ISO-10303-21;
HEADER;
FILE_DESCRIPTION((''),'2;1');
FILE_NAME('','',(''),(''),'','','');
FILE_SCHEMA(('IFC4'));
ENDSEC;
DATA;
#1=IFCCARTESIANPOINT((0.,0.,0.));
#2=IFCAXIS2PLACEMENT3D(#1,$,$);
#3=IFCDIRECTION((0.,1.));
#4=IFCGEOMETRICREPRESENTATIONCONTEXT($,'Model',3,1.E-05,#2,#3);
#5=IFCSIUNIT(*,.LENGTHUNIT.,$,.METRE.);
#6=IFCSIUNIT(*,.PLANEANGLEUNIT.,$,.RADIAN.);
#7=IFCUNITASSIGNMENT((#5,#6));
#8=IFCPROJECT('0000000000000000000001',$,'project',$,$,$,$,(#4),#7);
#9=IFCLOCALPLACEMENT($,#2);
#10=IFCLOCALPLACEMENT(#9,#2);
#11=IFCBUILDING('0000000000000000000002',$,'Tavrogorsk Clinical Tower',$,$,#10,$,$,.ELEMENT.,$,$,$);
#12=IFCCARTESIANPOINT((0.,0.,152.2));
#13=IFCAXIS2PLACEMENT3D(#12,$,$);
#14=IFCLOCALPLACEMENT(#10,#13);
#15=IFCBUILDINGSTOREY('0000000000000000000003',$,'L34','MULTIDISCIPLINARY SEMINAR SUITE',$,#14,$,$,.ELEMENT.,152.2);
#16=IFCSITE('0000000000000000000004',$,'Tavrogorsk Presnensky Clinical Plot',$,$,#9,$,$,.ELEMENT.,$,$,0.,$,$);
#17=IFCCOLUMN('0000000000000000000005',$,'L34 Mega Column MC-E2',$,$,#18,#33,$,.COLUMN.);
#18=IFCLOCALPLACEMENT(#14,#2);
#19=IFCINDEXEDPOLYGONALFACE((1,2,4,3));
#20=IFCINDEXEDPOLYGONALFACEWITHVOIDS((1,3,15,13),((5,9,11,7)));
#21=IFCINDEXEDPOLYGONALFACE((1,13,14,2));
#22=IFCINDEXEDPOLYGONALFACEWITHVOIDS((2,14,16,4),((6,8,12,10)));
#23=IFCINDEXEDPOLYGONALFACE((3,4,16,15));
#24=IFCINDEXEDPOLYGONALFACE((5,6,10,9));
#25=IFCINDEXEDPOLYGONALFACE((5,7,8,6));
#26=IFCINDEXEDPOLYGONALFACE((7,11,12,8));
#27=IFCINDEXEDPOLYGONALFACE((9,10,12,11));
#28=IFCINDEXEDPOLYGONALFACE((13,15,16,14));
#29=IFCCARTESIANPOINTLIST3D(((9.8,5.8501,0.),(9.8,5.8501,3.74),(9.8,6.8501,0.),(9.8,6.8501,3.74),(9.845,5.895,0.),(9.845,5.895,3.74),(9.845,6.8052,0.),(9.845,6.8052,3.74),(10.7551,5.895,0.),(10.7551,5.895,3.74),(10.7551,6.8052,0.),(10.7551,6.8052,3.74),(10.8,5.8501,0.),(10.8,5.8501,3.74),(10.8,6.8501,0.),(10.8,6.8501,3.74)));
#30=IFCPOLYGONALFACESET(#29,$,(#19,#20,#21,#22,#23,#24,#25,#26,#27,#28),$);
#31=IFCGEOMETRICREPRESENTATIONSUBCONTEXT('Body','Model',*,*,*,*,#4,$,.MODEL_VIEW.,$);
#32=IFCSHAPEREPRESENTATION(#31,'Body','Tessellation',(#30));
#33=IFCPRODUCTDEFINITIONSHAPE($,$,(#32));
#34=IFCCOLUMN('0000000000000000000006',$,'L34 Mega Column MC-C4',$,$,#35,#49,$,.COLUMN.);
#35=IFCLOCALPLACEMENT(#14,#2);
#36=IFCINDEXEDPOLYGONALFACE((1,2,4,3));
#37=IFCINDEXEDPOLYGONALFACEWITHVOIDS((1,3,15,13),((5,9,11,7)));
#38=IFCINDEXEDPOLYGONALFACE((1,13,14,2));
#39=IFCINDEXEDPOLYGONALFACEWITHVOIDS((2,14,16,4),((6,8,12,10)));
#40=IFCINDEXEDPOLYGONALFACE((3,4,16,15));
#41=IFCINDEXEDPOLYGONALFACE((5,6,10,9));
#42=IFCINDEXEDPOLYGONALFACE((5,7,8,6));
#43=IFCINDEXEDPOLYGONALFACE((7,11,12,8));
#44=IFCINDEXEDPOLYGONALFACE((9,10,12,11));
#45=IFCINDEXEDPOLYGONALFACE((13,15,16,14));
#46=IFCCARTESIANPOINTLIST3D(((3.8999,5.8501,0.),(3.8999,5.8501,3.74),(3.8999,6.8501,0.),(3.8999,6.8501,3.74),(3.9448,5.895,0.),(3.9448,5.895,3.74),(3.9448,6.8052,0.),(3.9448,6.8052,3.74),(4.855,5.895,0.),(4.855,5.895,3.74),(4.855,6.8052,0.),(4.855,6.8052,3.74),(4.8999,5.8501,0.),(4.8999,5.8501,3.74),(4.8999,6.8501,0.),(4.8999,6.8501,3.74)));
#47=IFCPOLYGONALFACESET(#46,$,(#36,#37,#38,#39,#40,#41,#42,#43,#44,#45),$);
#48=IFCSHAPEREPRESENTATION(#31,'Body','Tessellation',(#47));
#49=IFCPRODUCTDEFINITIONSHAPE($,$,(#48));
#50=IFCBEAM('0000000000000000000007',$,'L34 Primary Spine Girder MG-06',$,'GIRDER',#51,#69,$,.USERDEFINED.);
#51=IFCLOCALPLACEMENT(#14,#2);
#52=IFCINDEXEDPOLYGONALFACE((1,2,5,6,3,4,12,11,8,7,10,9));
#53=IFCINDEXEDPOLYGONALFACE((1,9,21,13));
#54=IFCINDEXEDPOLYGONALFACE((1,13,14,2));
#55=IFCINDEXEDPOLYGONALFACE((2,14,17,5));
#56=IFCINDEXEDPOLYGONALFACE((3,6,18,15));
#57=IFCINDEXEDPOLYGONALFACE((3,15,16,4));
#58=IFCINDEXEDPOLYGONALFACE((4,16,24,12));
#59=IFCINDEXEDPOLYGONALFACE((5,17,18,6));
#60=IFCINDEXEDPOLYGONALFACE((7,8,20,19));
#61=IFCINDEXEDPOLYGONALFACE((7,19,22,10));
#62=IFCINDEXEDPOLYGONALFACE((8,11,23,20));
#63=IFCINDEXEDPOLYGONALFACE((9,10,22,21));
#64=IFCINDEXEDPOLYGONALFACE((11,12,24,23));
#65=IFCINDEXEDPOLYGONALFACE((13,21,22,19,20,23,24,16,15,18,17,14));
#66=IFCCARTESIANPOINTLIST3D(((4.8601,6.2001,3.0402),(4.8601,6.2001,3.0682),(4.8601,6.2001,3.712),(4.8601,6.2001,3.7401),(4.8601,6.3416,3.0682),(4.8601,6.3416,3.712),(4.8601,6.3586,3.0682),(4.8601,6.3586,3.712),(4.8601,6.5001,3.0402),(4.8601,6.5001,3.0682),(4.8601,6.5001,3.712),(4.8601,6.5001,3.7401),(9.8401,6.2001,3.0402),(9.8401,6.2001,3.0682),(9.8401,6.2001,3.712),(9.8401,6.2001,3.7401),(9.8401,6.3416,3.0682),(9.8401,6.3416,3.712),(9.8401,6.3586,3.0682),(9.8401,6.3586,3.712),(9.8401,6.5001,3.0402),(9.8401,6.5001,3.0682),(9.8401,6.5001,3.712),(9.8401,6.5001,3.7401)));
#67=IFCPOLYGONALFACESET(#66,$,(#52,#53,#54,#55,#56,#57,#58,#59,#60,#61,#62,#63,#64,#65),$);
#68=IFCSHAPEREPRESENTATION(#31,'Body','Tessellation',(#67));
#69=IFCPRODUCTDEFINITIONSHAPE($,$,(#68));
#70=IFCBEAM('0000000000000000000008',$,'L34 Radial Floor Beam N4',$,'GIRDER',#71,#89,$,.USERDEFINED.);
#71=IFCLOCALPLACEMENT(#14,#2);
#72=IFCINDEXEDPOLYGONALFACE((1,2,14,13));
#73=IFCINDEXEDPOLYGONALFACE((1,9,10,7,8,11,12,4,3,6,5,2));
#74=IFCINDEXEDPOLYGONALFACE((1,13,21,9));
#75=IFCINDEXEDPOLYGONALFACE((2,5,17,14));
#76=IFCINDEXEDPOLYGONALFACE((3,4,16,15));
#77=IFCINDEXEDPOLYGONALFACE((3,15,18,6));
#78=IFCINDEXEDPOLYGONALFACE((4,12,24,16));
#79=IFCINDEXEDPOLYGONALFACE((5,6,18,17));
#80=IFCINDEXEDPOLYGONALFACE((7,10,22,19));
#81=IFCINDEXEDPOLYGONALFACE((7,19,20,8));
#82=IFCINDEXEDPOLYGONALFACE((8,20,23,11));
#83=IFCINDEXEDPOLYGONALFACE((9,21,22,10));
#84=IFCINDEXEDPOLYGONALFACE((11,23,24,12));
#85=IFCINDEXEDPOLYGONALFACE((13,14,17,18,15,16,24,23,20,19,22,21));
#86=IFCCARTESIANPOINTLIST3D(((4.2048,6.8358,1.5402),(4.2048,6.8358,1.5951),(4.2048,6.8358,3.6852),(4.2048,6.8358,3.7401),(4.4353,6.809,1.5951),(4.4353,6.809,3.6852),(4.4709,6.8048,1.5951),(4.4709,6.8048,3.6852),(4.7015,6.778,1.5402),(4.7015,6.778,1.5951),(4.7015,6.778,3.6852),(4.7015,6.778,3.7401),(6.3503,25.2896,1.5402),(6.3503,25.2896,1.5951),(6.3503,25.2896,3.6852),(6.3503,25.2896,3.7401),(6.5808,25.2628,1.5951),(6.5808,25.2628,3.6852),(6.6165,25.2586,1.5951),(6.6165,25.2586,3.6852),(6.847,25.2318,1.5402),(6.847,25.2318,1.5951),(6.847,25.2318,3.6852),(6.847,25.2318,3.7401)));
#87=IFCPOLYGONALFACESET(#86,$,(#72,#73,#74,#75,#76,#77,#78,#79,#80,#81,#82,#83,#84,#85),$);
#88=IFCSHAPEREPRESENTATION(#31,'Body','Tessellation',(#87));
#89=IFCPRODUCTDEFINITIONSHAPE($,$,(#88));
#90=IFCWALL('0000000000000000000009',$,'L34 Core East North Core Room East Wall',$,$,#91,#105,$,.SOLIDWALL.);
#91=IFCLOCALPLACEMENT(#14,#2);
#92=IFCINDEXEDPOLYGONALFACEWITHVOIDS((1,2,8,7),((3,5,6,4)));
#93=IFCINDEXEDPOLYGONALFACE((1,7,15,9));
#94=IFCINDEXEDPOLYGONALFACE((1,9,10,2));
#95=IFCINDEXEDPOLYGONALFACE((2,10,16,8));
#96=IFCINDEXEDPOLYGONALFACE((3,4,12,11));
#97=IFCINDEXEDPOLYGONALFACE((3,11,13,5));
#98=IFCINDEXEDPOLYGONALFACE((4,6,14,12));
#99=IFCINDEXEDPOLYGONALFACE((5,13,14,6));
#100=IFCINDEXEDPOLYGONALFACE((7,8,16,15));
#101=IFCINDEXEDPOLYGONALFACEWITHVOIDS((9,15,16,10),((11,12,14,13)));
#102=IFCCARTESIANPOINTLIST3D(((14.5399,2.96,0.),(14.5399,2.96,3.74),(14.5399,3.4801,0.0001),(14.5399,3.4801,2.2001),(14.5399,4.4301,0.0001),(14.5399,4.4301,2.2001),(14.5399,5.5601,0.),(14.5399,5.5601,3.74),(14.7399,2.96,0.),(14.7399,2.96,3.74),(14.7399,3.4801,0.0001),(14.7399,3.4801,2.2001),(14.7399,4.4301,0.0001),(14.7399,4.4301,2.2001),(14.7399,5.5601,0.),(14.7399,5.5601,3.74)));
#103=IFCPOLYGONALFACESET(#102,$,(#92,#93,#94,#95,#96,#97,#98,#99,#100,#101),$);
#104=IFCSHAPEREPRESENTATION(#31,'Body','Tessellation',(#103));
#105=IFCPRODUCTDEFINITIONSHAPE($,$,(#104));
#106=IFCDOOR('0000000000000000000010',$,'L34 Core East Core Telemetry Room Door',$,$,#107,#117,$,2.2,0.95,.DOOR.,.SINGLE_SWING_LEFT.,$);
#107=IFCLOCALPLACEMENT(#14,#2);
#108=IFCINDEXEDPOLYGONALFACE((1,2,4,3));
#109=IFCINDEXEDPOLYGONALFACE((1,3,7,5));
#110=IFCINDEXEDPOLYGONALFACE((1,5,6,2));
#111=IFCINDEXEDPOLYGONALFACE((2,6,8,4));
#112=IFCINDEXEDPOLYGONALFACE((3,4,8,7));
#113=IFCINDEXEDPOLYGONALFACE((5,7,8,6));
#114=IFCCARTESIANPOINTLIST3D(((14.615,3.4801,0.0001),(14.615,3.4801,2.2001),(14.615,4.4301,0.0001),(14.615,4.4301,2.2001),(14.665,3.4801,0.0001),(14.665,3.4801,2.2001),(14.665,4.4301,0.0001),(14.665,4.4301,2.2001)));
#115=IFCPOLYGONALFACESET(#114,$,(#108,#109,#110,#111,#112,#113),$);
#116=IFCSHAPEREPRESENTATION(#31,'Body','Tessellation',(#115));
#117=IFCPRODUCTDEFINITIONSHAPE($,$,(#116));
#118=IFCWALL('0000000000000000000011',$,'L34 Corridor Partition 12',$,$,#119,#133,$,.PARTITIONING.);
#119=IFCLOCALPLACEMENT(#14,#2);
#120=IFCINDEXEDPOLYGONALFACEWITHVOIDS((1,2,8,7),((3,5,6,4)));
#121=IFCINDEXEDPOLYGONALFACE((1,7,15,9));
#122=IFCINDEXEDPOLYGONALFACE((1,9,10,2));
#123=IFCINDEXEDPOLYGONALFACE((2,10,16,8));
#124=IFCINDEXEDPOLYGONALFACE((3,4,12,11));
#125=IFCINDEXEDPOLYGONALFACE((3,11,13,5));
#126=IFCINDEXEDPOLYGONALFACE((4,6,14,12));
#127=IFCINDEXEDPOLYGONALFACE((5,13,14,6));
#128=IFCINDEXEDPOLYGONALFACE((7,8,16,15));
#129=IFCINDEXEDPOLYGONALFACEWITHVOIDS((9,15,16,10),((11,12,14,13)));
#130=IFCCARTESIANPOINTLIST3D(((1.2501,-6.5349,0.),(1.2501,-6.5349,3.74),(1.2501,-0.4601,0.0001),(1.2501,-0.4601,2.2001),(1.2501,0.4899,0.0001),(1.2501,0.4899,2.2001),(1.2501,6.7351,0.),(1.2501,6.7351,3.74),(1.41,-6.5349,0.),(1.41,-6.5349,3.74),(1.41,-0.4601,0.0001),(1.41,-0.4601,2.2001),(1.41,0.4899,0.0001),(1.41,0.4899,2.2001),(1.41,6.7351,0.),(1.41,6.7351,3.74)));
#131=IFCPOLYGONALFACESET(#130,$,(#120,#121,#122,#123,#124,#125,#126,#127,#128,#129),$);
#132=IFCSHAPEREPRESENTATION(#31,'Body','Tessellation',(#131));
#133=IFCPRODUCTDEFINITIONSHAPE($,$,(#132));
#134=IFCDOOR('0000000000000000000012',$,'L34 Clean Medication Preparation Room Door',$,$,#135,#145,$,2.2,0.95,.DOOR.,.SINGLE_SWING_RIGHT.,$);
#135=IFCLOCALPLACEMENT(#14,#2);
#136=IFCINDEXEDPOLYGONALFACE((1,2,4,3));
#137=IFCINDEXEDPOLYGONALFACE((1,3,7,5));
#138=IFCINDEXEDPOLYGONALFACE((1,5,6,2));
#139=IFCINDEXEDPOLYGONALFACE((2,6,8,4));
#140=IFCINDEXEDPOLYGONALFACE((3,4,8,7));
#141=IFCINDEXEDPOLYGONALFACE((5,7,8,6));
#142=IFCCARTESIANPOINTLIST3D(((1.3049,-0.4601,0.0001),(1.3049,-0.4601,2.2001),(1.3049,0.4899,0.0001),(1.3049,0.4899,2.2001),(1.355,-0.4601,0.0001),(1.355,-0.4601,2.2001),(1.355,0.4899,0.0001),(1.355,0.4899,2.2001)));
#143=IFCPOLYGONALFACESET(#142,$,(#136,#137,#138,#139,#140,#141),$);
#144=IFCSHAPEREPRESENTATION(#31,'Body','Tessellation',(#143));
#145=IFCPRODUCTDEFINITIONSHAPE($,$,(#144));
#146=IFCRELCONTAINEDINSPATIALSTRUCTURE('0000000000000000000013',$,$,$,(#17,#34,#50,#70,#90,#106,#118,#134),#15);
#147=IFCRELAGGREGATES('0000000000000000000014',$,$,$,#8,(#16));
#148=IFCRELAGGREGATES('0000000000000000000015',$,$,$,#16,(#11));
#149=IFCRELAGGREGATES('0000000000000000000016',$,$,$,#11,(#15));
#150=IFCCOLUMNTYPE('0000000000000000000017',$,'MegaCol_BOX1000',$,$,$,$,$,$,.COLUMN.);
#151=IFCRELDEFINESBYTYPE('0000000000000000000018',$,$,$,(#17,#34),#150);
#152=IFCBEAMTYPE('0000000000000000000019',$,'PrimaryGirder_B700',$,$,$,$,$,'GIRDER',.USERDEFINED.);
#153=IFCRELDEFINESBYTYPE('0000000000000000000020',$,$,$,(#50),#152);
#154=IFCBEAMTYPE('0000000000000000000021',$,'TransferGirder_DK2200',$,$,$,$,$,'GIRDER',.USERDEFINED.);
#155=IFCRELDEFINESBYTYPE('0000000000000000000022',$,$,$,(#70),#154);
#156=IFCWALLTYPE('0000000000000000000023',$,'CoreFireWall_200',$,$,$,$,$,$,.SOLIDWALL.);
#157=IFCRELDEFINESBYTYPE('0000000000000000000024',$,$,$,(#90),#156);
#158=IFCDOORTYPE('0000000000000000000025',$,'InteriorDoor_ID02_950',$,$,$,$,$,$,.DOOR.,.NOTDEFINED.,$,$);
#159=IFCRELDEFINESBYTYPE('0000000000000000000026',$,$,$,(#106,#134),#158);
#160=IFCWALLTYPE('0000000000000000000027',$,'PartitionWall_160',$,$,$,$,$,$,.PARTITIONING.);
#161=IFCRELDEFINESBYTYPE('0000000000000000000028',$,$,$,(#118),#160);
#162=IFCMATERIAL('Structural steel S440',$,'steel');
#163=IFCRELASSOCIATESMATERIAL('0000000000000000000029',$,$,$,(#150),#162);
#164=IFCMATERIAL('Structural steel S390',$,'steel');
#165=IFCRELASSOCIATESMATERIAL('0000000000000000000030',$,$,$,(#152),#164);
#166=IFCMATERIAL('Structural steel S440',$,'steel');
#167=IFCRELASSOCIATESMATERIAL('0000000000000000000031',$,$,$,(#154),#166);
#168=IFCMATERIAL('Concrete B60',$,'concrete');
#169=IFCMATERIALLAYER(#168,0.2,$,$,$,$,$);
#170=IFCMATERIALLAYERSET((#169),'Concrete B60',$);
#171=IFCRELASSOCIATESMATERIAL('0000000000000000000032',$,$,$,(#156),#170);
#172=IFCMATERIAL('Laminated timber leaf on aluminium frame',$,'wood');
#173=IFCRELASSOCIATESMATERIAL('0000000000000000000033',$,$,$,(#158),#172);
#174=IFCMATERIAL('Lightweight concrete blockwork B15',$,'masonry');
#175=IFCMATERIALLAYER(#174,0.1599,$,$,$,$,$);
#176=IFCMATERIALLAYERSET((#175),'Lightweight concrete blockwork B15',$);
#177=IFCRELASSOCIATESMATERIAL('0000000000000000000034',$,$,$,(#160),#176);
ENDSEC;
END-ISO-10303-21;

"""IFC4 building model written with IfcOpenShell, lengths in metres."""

from ifc_helpers import new_model, si_unit, direction, frame, frame_2d, origin, origin_2d, place, context, subcontext, project, spatial, rectangle, hollow_rectangle, i_section, extrude, material, layer, layer_set, material_profile, profile_set, type_object, element, fill, save


model = new_model("IFC4")

# Units and contexts
model_context = context("Model", 3, precision=1e-05, world=origin(), true_north=direction((0.0, 1.0)))
body_context = subcontext(model_context, "Body", "Model", "MODEL_VIEW")
ifc_project = project(units=[si_unit("LENGTHUNIT", "METRE"), si_unit("PLANEANGLEUNIT", "RADIAN")], contexts=[model_context])

# Site, building, storey
site_placement = place(None, origin())
site = spatial("IfcSite", under=ifc_project, at=site_placement, Name="Tavrogorsk Presnensky Clinical Plot", CompositionType="ELEMENT", RefElevation=0.0)
building_placement = place(site_placement, origin())
building = spatial("IfcBuilding", under=site, at=building_placement, Name="Tavrogorsk Clinical Tower", CompositionType="ELEMENT")
storey_placement = place(building_placement, frame((0.0, 0.0, 152.2)))
storey = spatial("IfcBuildingStorey", under=building, at=storey_placement, Name="L34", Description="MULTIDISCIPLINARY SEMINAR SUITE", CompositionType="ELEMENT", Elevation=152.2)

# Columns
ifc_material_1 = material(Name="Structural steel S440", Category="steel")
ifc_material_profile_1 = material_profile(ifc_material_1, hollow_rectangle(XDim=1.0, YDim=1.0, WallThickness=0.0449, at=origin_2d()), Name="BOX-1000x1000x45")
ifc_profile_set_1 = profile_set([ifc_material_profile_1], Name="Structural steel S440")
column_type = type_object("IfcColumnType", Name="MegaCol_BOX1000", PredefinedType="COLUMN", material=ifc_profile_set_1)
for number, where, z_axis, x_axis, name in (
    (1, (10.3, 6.3501, 0.0), (0.0, 0.0, 1.0), (1.0, 0.0, 0.0), "L34 Mega Column MC-E2"),
    (2, (4.3999, 6.3501, 0.0), (0.0, 0.0, 1.0), (1.0, 0.0, 0.0), "L34 Mega Column MC-C4"),
):
    element("IfcColumn", number, at=place(storey_placement, frame(where, z_axis=z_axis, x_axis=x_axis)), inside=storey, type_object=column_type, Name=name, PredefinedType="COLUMN", context=body_context, shape_type="SweptSolid", body=[
        extrude(hollow_rectangle(XDim=1.0, YDim=1.0, WallThickness=0.0449, at=origin_2d()), origin(), (0.0, 0.0, 1.0), 3.74),
    ])

# Beams
ifc_material_2 = material(Name="Structural steel S390", Category="steel")
ifc_material_profile_2 = material_profile(ifc_material_2, i_section(OverallWidth=0.3, OverallDepth=0.7, WebThickness=0.0171, FlangeThickness=0.0281, at=origin_2d()), Name="B-700x300x17x28")
ifc_profile_set_2 = profile_set([ifc_material_profile_2], Name="Structural steel S390")
beam_type_1 = type_object("IfcBeamType", Name="PrimaryGirder_B700", ElementType="GIRDER", PredefinedType="USERDEFINED", material=ifc_profile_set_2)
beam_1_placement = place(storey_placement, frame((4.8601, 6.3501, 3.3901), z_axis=(1.0, 0.0, 0.0), x_axis=(0.0, 1.0, 0.0)))
element("IfcBeam", 3, at=beam_1_placement, inside=storey, type_object=beam_type_1, Name="L34 Primary Spine Girder MG-06", ObjectType="GIRDER", PredefinedType="USERDEFINED", context=body_context, shape_type="SweptSolid", body=[
    extrude(i_section(OverallWidth=0.3, OverallDepth=0.7, WebThickness=0.0171, FlangeThickness=0.0281, at=origin_2d()), origin(), (0.0, 0.0, 1.0), 4.98),
])
ifc_material_3 = material(Name="Structural steel S440", Category="steel")
ifc_material_profile_3 = material_profile(ifc_material_3, i_section(OverallWidth=0.5, OverallDepth=2.2, WebThickness=0.0359, FlangeThickness=0.0549, at=origin_2d()), Name="DK-2200x500x36x55")
ifc_profile_set_3 = profile_set([ifc_material_profile_3], Name="Structural steel S440")
beam_type_2 = type_object("IfcBeamType", Name="TransferGirder_DK2200", ElementType="GIRDER", PredefinedType="USERDEFINED", material=ifc_profile_set_3)
beam_2_placement = place(storey_placement, frame((4.4531, 6.8069, 2.6401), z_axis=(0.115485, 0.993309, 0.0), x_axis=(-0.993309, 0.115485, 0.0)))
element("IfcBeam", 4, at=beam_2_placement, inside=storey, type_object=beam_type_2, Name="L34 Radial Floor Beam N4", ObjectType="GIRDER", PredefinedType="USERDEFINED", context=body_context, shape_type="SweptSolid", body=[
    extrude(i_section(OverallWidth=0.5, OverallDepth=2.2, WebThickness=0.0359, FlangeThickness=0.0549, at=origin_2d()), origin(), (0.0, 0.0, 1.0), 18.5781),
])

# Walls, openings, doors
ifc_material_4 = material(Name="Concrete B60", Category="concrete")
ifc_layer_1 = layer(ifc_material_4, 0.2)
ifc_layer_set_1 = layer_set([ifc_layer_1], Name="Concrete B60")
wall_type_1 = type_object("IfcWallType", Name="CoreFireWall_200", PredefinedType="SOLIDWALL", material=ifc_layer_set_1)
wall_1_placement = place(storey_placement, frame((14.6399, 2.96, 0.0), z_axis=(0.0, 0.0, 1.0), x_axis=(0.0, 1.0, 0.0)))
wall_1 = element("IfcWall", 5, at=wall_1_placement, inside=storey, type_object=wall_type_1, Name="L34 Core East North Core Room East Wall", PredefinedType="SOLIDWALL", context=body_context, shape_type="SweptSolid", body=[
    extrude(rectangle(XDim=2.6001, YDim=0.2, at=frame_2d((1.3, 0.0))), origin(), (0.0, 0.0, 1.0), 3.74),
])
opening_1_placement = place(wall_1_placement, frame((0.52, 0.0, 0.0)))
opening_1 = element("IfcOpeningElement", 6, at=opening_1_placement, cuts=wall_1, PredefinedType="OPENING", context=body_context, shape_type="SweptSolid", body=[
    extrude(rectangle(XDim=0.95, YDim=2.2, at=frame_2d((0.4751, 1.1001))), frame((0.0, 0.1099, 0.0), z_axis=(0.0, -1.0, 0.0), x_axis=(1.0, 0.0, 0.0)), (0.0, 0.0, 1.0), 0.22),
])
ifc_material_5 = material(Name="Laminated timber leaf on aluminium frame", Category="wood")
door_type_1 = type_object("IfcDoorType", Name="InteriorDoor_ID02_950", OperationType="NOTDEFINED", PredefinedType="DOOR", material=ifc_material_5)
door_1_placement = place(opening_1_placement, origin())
door_1 = element("IfcDoor", 7, at=door_1_placement, inside=storey, type_object=door_type_1, Name="L34 Core East Core Telemetry Room Door", OperationType="SINGLE_SWING_LEFT", OverallHeight=2.2, OverallWidth=0.95, PredefinedType="DOOR", context=body_context, shape_type="SweptSolid", body=[
    extrude(rectangle(XDim=0.95, YDim=2.2, at=frame_2d((0.4751, 1.1001))), frame((0.0, 0.0249, 0.0), z_axis=(0.0, -1.0, 0.0), x_axis=(1.0, 0.0, 0.0)), (0.0, 0.0, 1.0), 0.05),
])
fill(opening_1, door_1)
ifc_material_6 = material(Name="Lightweight concrete blockwork B15", Category="masonry")
ifc_layer_2 = layer(ifc_material_6, 0.1599)
ifc_layer_set_2 = layer_set([ifc_layer_2], Name="Lightweight concrete blockwork B15")
wall_type_2 = type_object("IfcWallType", Name="PartitionWall_160", PredefinedType="PARTITIONING", material=ifc_layer_set_2)
wall_2_placement = place(storey_placement, frame((1.3301, 6.7351, 0.0), z_axis=(0.0, 0.0, 1.0), x_axis=(0.0, -1.0, 0.0)))
wall_2 = element("IfcWall", 8, at=wall_2_placement, inside=storey, type_object=wall_type_2, Name="L34 Corridor Partition 12", PredefinedType="PARTITIONING", context=body_context, shape_type="SweptSolid", body=[
    extrude(rectangle(XDim=13.27, YDim=0.1599, at=frame_2d((6.635, 0.0))), origin(), (0.0, 0.0, 1.0), 3.74),
])
opening_2_placement = place(wall_2_placement, frame((6.2451, 0.0, 0.0)))
opening_2 = element("IfcOpeningElement", 9, at=opening_2_placement, cuts=wall_2, PredefinedType="OPENING", context=body_context, shape_type="SweptSolid", body=[
    extrude(rectangle(XDim=0.95, YDim=2.2, at=frame_2d((0.4751, 1.1001))), frame((0.0, 0.0898, 0.0), z_axis=(0.0, -1.0, 0.0), x_axis=(1.0, 0.0, 0.0)), (0.0, 0.0, 1.0), 0.1799),
])
door_2_placement = place(opening_2_placement, origin())
door_2 = element("IfcDoor", 10, at=door_2_placement, inside=storey, type_object=door_type_1, Name="L34 Clean Medication Preparation Room Door", OperationType="SINGLE_SWING_RIGHT", OverallHeight=2.2, OverallWidth=0.95, PredefinedType="DOOR", context=body_context, shape_type="SweptSolid", body=[
    extrude(rectangle(XDim=0.95, YDim=2.2, at=frame_2d((0.4751, 1.1001))), frame((0.0, 0.0249, 0.0), z_axis=(0.0, -1.0, 0.0), x_axis=(1.0, 0.0, 0.0)), (0.0, 0.0, 1.0), 0.05),
])
fill(opening_2, door_2)

save(model, "model.ifc")
